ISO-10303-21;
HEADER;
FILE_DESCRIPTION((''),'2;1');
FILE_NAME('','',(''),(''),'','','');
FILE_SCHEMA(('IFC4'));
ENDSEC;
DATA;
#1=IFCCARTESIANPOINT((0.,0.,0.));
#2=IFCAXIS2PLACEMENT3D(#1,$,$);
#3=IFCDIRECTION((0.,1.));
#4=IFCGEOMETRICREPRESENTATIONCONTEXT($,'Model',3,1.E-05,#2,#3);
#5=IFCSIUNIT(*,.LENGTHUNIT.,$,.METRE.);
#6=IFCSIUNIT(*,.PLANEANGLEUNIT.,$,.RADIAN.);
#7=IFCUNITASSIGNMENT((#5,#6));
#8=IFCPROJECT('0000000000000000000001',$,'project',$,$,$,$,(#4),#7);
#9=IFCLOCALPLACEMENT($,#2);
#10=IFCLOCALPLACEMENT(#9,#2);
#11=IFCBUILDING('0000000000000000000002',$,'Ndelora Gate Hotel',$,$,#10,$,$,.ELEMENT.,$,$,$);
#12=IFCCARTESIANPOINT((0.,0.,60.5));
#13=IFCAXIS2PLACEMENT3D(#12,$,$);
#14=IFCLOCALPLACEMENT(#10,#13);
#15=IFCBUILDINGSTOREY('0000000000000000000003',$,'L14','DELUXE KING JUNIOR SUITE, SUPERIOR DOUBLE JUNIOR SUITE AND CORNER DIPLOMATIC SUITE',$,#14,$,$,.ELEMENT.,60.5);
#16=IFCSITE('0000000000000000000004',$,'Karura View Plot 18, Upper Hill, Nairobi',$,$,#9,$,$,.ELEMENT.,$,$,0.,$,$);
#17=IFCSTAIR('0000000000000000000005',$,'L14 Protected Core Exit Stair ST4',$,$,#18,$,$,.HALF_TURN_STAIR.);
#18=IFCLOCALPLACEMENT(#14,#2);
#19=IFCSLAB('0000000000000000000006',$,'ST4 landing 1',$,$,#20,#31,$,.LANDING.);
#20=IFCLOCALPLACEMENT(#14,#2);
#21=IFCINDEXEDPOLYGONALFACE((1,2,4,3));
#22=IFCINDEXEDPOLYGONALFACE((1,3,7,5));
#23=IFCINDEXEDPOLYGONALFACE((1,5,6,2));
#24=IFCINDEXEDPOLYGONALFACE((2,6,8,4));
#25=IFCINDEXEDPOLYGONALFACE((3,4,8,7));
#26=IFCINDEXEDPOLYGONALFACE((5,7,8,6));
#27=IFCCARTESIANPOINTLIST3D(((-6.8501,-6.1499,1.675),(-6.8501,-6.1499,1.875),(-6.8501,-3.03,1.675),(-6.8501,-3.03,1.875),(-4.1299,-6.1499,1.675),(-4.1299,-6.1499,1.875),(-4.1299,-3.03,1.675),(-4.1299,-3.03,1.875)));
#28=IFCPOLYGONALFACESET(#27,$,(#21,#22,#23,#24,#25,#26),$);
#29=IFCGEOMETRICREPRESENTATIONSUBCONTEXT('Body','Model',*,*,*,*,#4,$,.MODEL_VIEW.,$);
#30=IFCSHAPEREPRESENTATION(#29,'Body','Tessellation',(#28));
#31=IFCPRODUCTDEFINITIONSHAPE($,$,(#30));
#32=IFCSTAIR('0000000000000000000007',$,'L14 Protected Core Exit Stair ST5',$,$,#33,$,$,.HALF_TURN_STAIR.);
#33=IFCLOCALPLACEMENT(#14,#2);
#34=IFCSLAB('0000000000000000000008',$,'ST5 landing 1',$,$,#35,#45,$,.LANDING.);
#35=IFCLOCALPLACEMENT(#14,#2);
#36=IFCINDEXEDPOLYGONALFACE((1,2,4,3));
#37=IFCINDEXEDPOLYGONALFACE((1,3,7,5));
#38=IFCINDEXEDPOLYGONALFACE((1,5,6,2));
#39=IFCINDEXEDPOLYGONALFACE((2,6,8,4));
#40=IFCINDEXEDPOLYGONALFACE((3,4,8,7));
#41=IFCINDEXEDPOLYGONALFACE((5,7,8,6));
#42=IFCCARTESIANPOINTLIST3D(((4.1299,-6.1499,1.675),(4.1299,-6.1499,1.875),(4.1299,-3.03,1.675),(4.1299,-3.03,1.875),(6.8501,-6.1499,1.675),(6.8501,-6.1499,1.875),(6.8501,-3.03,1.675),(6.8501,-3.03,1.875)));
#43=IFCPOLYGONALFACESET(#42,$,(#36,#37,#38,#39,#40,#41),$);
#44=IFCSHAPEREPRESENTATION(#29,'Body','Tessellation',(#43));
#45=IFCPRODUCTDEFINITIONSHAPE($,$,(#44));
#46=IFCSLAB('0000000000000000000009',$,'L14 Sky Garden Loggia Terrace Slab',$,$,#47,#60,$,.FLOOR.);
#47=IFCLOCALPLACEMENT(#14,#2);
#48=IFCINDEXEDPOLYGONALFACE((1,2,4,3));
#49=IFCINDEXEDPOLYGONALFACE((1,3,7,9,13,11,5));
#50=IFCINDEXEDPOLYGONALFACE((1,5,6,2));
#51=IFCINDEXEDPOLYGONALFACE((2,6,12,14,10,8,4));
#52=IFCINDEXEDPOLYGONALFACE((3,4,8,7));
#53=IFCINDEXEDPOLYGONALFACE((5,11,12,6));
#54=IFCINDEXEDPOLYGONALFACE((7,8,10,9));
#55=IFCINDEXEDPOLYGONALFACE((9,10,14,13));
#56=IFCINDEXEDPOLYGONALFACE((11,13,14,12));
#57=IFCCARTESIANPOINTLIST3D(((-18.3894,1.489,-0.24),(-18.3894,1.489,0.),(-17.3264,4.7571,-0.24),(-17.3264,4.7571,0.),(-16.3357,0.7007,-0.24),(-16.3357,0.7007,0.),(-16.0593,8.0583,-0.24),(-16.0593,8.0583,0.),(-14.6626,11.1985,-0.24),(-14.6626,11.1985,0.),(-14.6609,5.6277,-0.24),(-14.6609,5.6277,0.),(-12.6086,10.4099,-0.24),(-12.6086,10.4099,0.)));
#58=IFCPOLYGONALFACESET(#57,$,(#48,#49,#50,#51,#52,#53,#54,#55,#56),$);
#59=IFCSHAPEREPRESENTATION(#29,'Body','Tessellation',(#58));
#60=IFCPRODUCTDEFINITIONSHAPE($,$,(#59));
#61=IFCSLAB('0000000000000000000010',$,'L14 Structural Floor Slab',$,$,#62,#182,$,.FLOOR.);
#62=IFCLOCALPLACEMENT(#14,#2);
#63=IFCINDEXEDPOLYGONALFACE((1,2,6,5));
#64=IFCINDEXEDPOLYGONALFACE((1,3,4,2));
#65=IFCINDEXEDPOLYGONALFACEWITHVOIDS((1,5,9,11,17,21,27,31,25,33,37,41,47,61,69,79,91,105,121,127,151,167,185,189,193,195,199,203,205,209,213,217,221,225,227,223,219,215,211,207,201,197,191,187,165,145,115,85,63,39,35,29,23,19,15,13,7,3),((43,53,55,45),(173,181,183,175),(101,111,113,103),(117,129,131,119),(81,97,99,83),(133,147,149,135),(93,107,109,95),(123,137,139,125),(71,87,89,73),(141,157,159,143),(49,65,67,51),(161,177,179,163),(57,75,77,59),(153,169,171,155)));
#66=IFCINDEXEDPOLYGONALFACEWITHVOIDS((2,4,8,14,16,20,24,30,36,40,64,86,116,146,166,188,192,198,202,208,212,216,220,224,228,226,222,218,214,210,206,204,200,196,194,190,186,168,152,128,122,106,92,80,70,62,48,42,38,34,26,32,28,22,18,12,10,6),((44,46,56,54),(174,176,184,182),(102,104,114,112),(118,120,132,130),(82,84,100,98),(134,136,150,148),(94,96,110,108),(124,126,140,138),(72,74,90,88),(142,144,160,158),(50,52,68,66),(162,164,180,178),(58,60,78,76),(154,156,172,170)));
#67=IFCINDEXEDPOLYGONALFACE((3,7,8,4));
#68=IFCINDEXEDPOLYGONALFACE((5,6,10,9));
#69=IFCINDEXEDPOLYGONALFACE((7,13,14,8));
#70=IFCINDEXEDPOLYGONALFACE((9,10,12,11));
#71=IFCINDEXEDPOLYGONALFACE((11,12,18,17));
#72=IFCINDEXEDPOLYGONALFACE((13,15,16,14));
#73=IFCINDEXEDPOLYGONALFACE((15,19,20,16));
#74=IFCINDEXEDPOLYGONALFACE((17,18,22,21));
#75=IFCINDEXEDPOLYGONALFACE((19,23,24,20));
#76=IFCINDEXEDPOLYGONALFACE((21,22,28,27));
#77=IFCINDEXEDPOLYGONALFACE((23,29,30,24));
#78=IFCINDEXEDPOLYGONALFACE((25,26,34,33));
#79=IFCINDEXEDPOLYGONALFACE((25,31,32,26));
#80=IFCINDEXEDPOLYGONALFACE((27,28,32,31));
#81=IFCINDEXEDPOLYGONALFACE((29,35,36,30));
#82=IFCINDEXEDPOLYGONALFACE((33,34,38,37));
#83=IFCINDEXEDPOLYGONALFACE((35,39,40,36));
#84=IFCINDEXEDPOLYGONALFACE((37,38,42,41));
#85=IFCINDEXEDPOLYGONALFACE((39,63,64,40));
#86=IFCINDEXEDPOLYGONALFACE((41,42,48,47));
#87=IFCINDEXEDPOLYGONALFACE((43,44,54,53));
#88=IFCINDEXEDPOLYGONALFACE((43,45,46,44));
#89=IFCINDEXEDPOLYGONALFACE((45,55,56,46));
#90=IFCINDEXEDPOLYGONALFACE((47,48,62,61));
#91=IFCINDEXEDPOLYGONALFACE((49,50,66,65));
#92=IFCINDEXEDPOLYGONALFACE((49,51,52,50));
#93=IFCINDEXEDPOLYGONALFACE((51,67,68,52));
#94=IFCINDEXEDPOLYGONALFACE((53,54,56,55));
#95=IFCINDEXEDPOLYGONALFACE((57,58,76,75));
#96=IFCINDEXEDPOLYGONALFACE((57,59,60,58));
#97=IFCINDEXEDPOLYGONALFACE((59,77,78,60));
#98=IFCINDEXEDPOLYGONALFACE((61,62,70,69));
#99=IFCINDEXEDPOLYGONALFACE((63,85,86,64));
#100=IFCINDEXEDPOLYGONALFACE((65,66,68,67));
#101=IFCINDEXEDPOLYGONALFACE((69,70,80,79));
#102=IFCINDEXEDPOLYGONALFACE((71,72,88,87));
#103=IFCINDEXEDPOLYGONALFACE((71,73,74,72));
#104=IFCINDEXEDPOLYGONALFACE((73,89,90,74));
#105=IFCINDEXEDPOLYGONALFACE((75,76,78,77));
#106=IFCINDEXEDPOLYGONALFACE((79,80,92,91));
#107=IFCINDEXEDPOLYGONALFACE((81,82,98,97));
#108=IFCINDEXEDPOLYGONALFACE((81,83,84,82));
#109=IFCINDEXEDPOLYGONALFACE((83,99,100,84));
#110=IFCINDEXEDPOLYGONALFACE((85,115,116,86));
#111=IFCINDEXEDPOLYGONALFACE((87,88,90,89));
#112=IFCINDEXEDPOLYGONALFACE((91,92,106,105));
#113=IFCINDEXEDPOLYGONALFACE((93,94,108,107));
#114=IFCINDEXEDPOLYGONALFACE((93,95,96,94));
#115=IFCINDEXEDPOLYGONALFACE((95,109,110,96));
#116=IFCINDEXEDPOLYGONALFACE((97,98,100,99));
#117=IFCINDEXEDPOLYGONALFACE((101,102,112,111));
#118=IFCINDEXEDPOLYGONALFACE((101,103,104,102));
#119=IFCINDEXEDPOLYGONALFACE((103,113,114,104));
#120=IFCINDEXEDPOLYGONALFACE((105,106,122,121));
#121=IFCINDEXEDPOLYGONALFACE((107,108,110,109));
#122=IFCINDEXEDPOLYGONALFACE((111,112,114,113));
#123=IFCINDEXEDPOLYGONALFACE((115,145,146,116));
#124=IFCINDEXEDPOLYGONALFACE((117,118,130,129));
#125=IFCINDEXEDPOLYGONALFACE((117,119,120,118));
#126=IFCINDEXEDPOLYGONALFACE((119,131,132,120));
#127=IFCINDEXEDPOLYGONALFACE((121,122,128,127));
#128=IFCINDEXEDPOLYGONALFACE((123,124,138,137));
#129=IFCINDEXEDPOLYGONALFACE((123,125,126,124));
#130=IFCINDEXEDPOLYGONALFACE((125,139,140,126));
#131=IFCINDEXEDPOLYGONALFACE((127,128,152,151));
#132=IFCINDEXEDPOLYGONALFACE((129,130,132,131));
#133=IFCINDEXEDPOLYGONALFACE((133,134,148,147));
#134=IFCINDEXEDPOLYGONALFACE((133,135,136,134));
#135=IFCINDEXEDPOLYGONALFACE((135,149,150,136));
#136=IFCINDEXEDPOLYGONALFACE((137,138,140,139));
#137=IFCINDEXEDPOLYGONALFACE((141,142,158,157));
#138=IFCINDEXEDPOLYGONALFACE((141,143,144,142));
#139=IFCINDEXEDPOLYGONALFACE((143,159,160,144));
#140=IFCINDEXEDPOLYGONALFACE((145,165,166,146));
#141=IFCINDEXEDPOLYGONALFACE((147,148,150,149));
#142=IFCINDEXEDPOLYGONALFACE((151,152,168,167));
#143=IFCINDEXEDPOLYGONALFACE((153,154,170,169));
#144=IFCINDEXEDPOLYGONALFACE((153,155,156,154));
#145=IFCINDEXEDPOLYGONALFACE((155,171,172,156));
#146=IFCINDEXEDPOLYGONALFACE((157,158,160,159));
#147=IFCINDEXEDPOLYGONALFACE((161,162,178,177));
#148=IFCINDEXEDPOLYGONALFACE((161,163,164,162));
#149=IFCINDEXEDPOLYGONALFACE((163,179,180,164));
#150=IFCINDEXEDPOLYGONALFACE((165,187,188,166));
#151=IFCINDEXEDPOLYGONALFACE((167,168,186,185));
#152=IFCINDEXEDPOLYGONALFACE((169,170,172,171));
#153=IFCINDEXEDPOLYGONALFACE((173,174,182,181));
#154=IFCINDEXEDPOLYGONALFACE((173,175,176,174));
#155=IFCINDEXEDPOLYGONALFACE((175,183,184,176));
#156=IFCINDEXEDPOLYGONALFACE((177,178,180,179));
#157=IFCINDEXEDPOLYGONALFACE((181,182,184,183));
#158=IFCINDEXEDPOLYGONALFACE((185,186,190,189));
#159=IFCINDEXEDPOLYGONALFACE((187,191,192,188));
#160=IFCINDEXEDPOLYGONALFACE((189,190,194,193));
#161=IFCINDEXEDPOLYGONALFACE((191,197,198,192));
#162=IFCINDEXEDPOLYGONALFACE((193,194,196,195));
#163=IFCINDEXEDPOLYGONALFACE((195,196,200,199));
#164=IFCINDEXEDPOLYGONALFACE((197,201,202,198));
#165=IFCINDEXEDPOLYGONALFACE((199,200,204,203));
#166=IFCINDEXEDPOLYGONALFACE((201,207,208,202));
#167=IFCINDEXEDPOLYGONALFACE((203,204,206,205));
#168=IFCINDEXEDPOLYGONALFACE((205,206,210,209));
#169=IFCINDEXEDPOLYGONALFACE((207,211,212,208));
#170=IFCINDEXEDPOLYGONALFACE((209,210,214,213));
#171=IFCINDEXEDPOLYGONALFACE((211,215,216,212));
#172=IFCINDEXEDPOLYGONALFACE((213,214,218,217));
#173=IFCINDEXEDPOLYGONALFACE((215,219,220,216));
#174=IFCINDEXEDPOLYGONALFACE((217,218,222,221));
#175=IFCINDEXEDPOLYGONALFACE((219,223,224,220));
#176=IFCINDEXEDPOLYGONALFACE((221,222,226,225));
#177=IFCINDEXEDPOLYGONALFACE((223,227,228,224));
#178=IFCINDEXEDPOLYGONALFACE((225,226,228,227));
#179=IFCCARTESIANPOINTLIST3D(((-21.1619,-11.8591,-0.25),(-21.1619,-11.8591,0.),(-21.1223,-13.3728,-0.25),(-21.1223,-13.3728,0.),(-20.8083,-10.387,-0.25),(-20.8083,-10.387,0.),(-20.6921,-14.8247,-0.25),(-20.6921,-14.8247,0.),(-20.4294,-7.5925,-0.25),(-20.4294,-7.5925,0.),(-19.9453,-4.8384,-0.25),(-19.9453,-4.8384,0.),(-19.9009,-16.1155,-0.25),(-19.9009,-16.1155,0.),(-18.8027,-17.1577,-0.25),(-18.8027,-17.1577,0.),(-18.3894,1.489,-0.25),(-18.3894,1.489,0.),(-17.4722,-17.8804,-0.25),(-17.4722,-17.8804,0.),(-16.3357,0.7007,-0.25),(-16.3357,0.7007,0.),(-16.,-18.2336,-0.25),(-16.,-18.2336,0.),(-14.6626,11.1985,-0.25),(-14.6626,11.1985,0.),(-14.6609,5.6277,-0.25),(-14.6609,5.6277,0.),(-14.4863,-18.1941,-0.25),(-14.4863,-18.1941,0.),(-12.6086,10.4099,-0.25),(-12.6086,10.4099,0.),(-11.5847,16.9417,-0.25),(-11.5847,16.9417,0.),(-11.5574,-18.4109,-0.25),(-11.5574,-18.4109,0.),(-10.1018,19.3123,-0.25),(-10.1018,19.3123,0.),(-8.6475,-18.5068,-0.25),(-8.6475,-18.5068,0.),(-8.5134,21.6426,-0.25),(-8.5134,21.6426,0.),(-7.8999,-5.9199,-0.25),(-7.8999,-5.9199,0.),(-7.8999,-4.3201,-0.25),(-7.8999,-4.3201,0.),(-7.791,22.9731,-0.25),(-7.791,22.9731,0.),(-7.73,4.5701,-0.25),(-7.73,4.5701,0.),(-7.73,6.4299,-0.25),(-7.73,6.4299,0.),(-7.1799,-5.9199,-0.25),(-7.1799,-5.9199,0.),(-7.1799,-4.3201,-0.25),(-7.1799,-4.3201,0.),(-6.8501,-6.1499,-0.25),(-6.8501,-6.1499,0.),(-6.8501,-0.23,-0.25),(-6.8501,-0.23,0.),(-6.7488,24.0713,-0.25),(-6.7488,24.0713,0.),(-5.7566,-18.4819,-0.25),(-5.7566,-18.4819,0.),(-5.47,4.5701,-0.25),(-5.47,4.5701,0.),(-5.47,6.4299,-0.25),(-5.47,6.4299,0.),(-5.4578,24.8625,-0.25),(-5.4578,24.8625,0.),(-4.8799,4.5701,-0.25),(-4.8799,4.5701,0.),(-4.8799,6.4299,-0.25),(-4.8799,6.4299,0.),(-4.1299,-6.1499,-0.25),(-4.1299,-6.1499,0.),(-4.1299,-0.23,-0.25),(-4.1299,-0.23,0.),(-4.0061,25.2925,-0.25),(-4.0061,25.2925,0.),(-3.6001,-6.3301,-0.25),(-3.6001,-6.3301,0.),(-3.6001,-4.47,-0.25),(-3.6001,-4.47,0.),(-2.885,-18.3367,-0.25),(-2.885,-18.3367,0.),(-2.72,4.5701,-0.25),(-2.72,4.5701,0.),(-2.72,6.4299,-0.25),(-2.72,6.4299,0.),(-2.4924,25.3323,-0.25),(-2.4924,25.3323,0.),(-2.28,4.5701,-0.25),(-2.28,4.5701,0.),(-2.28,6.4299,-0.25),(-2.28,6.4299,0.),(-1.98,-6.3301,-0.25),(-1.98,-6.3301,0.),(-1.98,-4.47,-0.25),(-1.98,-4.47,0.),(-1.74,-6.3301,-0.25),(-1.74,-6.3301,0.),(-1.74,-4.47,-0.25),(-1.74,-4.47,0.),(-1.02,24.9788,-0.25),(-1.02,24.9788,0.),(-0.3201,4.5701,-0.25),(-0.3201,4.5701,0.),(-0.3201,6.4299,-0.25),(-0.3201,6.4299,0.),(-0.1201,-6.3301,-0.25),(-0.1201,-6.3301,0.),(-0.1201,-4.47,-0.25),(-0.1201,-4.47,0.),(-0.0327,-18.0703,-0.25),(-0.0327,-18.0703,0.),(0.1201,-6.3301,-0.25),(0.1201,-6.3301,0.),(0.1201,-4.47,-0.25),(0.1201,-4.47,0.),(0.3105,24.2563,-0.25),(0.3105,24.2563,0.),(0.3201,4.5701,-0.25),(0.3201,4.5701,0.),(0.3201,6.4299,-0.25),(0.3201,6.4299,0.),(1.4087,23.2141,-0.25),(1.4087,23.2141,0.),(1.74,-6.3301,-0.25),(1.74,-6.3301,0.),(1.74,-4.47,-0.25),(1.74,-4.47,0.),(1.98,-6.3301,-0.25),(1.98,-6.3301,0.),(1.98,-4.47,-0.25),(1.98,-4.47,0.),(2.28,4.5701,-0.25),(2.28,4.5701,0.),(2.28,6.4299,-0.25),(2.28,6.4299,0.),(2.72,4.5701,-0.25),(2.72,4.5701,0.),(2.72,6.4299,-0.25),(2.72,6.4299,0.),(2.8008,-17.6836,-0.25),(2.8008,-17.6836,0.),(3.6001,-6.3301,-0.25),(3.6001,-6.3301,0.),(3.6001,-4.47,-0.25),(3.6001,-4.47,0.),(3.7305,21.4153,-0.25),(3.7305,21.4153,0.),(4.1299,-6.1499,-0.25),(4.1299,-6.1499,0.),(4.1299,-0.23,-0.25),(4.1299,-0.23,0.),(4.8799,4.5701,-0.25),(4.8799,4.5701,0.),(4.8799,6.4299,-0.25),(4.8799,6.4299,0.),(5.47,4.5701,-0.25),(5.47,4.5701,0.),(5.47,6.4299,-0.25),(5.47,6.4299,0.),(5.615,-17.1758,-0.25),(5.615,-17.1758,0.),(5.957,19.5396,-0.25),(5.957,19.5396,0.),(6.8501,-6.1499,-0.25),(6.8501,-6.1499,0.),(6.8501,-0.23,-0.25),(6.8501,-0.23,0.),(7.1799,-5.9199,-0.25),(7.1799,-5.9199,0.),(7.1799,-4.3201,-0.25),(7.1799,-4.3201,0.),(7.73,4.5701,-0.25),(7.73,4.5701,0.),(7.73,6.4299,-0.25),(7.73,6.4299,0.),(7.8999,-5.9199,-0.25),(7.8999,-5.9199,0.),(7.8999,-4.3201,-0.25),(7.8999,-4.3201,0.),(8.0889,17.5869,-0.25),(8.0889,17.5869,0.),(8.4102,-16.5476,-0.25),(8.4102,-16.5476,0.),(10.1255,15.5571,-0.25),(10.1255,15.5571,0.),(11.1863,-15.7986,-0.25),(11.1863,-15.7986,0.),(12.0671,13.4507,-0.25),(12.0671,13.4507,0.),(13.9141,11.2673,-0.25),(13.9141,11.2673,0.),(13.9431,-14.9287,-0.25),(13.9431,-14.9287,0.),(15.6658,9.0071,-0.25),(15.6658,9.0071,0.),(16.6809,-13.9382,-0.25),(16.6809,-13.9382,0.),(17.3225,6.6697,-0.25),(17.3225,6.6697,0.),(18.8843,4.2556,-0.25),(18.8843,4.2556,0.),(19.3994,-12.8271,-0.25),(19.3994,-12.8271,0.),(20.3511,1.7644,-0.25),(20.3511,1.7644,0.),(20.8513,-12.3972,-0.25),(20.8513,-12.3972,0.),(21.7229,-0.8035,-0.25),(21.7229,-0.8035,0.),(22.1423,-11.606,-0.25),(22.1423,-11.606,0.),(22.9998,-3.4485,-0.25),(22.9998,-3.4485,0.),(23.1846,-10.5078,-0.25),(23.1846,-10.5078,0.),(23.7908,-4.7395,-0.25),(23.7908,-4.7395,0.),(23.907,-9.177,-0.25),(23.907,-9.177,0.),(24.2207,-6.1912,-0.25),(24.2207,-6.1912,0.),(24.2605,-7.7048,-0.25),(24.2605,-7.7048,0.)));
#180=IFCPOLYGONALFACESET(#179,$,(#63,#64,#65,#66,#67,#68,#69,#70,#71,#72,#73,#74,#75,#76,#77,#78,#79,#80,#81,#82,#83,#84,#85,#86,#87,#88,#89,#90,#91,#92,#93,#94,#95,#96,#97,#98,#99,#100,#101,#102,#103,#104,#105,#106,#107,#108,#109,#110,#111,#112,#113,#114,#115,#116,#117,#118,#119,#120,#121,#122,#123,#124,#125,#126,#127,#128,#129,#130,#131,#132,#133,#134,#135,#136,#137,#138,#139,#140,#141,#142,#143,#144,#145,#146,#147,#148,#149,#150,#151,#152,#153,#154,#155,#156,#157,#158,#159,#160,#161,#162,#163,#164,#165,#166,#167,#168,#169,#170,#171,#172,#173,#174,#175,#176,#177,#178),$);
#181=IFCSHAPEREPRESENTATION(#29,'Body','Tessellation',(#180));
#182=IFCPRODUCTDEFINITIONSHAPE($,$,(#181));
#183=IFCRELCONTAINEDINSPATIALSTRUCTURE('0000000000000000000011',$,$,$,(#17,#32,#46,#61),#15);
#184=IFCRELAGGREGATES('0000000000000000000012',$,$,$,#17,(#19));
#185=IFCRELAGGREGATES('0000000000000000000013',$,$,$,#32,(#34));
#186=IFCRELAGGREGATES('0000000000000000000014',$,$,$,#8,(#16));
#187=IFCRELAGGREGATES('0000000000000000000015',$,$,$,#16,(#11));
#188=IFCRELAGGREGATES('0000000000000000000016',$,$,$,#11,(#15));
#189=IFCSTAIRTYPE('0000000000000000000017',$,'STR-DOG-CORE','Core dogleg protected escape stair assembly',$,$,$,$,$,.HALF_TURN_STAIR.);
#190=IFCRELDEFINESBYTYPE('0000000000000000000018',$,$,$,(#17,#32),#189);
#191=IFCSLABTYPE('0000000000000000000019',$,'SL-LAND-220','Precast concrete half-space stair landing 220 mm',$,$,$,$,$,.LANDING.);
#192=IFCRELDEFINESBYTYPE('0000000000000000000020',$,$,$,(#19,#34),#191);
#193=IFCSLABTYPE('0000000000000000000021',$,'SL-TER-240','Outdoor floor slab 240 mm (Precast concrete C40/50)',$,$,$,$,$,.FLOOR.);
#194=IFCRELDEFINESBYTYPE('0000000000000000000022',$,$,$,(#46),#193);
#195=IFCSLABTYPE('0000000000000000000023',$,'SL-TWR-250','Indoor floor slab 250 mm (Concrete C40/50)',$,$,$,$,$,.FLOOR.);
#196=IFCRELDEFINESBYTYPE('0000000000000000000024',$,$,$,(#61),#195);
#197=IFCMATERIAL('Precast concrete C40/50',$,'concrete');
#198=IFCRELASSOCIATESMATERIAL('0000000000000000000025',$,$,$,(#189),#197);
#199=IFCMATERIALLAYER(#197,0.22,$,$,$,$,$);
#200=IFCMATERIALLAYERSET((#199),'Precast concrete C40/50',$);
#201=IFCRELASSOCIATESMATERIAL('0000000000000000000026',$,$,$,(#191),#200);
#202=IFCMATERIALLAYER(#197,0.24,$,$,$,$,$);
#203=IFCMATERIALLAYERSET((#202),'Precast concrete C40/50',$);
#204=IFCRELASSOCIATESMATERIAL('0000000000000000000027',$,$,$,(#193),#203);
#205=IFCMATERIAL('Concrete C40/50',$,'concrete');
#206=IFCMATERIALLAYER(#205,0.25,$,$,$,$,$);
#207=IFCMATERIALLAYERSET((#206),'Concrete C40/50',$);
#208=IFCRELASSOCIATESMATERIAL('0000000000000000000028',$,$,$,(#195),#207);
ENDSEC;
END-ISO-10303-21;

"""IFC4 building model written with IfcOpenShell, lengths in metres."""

from ifc_helpers import new_model, si_unit, direction, frame, origin, place, context, subcontext, project, spatial, polyline, outline, extrude, material, layer, layer_set, type_object, element, aggregate, save


model = new_model("IFC4")

# Units and contexts
model_context = context("Model", 3, precision=1e-05, world=origin(), true_north=direction((0.0, 1.0)))
body_context = subcontext(model_context, "Body", "Model", "MODEL_VIEW")
ifc_project = project(units=[si_unit("LENGTHUNIT", "METRE"), si_unit("PLANEANGLEUNIT", "RADIAN")], contexts=[model_context])

# Site, building, storey
site_placement = place(None, origin())
site = spatial("IfcSite", under=ifc_project, at=site_placement, Name="Karura View Plot 18, Upper Hill, Nairobi", CompositionType="ELEMENT", RefElevation=0.0)
building_placement = place(site_placement, origin())
building = spatial("IfcBuilding", under=site, at=building_placement, Name="Ndelora Gate Hotel", CompositionType="ELEMENT")
storey_placement = place(building_placement, frame((0.0, 0.0, 60.5)))
storey = spatial("IfcBuildingStorey", under=building, at=storey_placement, Name="L14", Description="DELUXE KING JUNIOR SUITE, SUPERIOR DOUBLE JUNIOR SUITE AND CORNER DIPLOMATIC SUITE", CompositionType="ELEMENT", Elevation=60.5)

# Stairs, slabs
ifc_material_1 = material(Name="Precast concrete C40/50", Category="concrete")
stair_type = type_object("IfcStairType", Name="STR-DOG-CORE", Description="Core dogleg protected escape stair assembly", PredefinedType="HALF_TURN_STAIR", material=ifc_material_1)
stair_1_placement = place(storey_placement, origin())
stair_1 = element("IfcStair", 1, at=stair_1_placement, inside=storey, type_object=stair_type, Name="L14 Protected Core Exit Stair ST4", PredefinedType="HALF_TURN_STAIR")
ifc_layer_1 = layer(ifc_material_1, 0.22)
ifc_layer_set_1 = layer_set([ifc_layer_1], Name="Precast concrete C40/50")
slab_type_1 = type_object("IfcSlabType", Name="SL-LAND-220", Description="Precast concrete half-space stair landing 220 mm", PredefinedType="LANDING", material=ifc_layer_set_1)
slab_1_placement = place(storey_placement, frame((0.0, 0.0, 1.675)))
slab_1 = element("IfcSlab", 2, at=slab_1_placement, type_object=slab_type_1, Name="ST4 landing 1", PredefinedType="LANDING", context=body_context, shape_type="SweptSolid", body=[
    extrude(outline(polyline([(-6.8501, -3.03), (-6.8501, -6.1499), (-4.1299, -6.1499), (-4.1299, -3.03), (-6.8501, -3.03)])), origin(), (0.0, 0.0, 1.0), 0.2),
])
aggregate(stair_1, [slab_1])
stair_2_placement = place(storey_placement, origin())
stair_2 = element("IfcStair", 3, at=stair_2_placement, inside=storey, type_object=stair_type, Name="L14 Protected Core Exit Stair ST5", PredefinedType="HALF_TURN_STAIR")
slab_2_placement = place(storey_placement, frame((0.0, 0.0, 1.675)))
slab_2 = element("IfcSlab", 4, at=slab_2_placement, type_object=slab_type_1, Name="ST5 landing 1", PredefinedType="LANDING", context=body_context, shape_type="SweptSolid", body=[
    extrude(outline(polyline([(4.1299, -3.03), (4.1299, -6.1499), (6.8501, -6.1499), (6.8501, -3.03), (4.1299, -3.03)])), origin(), (0.0, 0.0, 1.0), 0.2),
])

# Slabs
ifc_layer_2 = layer(ifc_material_1, 0.24)
ifc_layer_set_2 = layer_set([ifc_layer_2], Name="Precast concrete C40/50")
slab_type_2 = type_object("IfcSlabType", Name="SL-TER-240", Description="Outdoor floor slab 240 mm (Precast concrete C40/50)", PredefinedType="FLOOR", material=ifc_layer_set_2)
slab_3_placement = place(storey_placement, frame((0.0, 0.0, -0.24)))
element("IfcSlab", 5, at=slab_3_placement, inside=storey, type_object=slab_type_2, Name="L14 Sky Garden Loggia Terrace Slab", PredefinedType="FLOOR", context=body_context, shape_type="SweptSolid", body=[
    extrude(outline(polyline([(-12.6086, 10.4099), (-14.6626, 11.1985), (-16.0593, 8.0583), (-17.3264, 4.7571), (-18.3894, 1.489), (-16.3357, 0.7007), (-14.6609, 5.6277), (-12.6086, 10.4099)])), origin(), (0.0, 0.0, 1.0), 0.24),
])
ifc_material_2 = material(Name="Concrete C40/50", Category="concrete")
ifc_layer_3 = layer(ifc_material_2, 0.25)
ifc_layer_set_3 = layer_set([ifc_layer_3], Name="Concrete C40/50")
slab_type_3 = type_object("IfcSlabType", Name="SL-TWR-250", Description="Indoor floor slab 250 mm (Concrete C40/50)", PredefinedType="FLOOR", material=ifc_layer_set_3)
slab_4_placement = place(storey_placement, frame((0.0, 0.0, -0.25)))
element("IfcSlab", 6, at=slab_4_placement, inside=storey, type_object=slab_type_3, Name="L14 Structural Floor Slab", PredefinedType="FLOOR", context=body_context, shape_type="SweptSolid", body=[
    extrude(outline(polyline([(1.4087, 23.2141), (0.3105, 24.2563), (-1.02, 24.9788), (-2.4924, 25.3323), (-4.0061, 25.2925), (-5.4578, 24.8625), (-6.7488, 24.0713), (-7.791, 22.9731), (-8.5134, 21.6426), (-10.1018, 19.3123), (-11.5847, 16.9417), (-14.6626, 11.1985), (-12.6086, 10.4099), (-14.6609, 5.6277), (-16.3357, 0.7007), (-18.3894, 1.489), (-19.9453, -4.8384), (-20.4294, -7.5925), (-20.8083, -10.387), (-21.1619, -11.8591), (-21.1223, -13.3728), (-20.6921, -14.8247), (-19.9009, -16.1155), (-18.8027, -17.1577), (-17.4722, -17.8804), (-16.0, -18.2336), (-14.4863, -18.1941), (-11.5574, -18.4109), (-8.6475, -18.5068), (-5.7566, -18.4819), (-2.885, -18.3367), (-0.0327, -18.0703), (2.8008, -17.6836), (5.615, -17.1758), (8.4102, -16.5476), (11.1863, -15.7986), (13.9431, -14.9287), (16.6809, -13.9382), (19.3994, -12.8271), (20.8513, -12.3972), (22.1423, -11.606), (23.1846, -10.5078), (23.907, -9.177), (24.2605, -7.7048), (24.2207, -6.1912), (23.7908, -4.7395), (22.9998, -3.4485), (21.7229, -0.8035), (20.3511, 1.7644), (18.8843, 4.2556), (17.3225, 6.6697), (15.6658, 9.0071), (13.9141, 11.2673), (12.0671, 13.4507), (10.1255, 15.5571), (8.0889, 17.5869), (5.957, 19.5396), (3.7305, 21.4153), (1.4087, 23.2141)]), holes=[polyline([(-6.8501, -0.23), (-6.8501, -6.1499), (-4.1299, -6.1499), (-4.1299, -0.23), (-6.8501, -0.23)]), polyline([(4.1299, -0.23), (4.1299, -6.1499), (6.8501, -6.1499), (6.8501, -0.23), (4.1299, -0.23)]), polyline([(-7.73, 4.5701), (-5.47, 4.5701), (-5.47, 6.4299), (-7.73, 6.4299), (-7.73, 4.5701)]), polyline([(5.47, 4.5701), (7.73, 4.5701), (7.73, 6.4299), (5.47, 6.4299), (5.47, 4.5701)]), polyline([(-4.8799, 4.5701), (-2.72, 4.5701), (-2.72, 6.4299), (-4.8799, 6.4299), (-4.8799, 4.5701)]), polyline([(2.72, 4.5701), (4.8799, 4.5701), (4.8799, 6.4299), (2.72, 6.4299), (2.72, 4.5701)]), polyline([(-3.6001, -6.3301), (-1.98, -6.3301), (-1.98, -4.47), (-3.6001, -4.47), (-3.6001, -6.3301)]), polyline([(-1.74, -6.3301), (-0.1201, -6.3301), (-0.1201, -4.47), (-1.74, -4.47), (-1.74, -6.3301)]), polyline([(0.1201, -6.3301), (1.74, -6.3301), (1.74, -4.47), (0.1201, -4.47), (0.1201, -6.3301)]), polyline([(1.98, -6.3301), (3.6001, -6.3301), (3.6001, -4.47), (1.98, -4.47), (1.98, -6.3301)]), polyline([(-2.28, 4.5701), (-0.3201, 4.5701), (-0.3201, 6.4299), (-2.28, 6.4299), (-2.28, 4.5701)]), polyline([(0.3201, 4.5701), (2.28, 4.5701), (2.28, 6.4299), (0.3201, 6.4299), (0.3201, 4.5701)]), polyline([(-7.8999, -5.9199), (-7.1799, -5.9199), (-7.1799, -4.3201), (-7.8999, -4.3201), (-7.8999, -5.9199)]), polyline([(7.1799, -5.9199), (7.8999, -5.9199), (7.8999, -4.3201), (7.1799, -4.3201), (7.1799, -5.9199)])]), origin(), (0.0, 0.0, 1.0), 0.25),
])

aggregate(stair_2, [slab_2])

save(model, "model.ifc")
